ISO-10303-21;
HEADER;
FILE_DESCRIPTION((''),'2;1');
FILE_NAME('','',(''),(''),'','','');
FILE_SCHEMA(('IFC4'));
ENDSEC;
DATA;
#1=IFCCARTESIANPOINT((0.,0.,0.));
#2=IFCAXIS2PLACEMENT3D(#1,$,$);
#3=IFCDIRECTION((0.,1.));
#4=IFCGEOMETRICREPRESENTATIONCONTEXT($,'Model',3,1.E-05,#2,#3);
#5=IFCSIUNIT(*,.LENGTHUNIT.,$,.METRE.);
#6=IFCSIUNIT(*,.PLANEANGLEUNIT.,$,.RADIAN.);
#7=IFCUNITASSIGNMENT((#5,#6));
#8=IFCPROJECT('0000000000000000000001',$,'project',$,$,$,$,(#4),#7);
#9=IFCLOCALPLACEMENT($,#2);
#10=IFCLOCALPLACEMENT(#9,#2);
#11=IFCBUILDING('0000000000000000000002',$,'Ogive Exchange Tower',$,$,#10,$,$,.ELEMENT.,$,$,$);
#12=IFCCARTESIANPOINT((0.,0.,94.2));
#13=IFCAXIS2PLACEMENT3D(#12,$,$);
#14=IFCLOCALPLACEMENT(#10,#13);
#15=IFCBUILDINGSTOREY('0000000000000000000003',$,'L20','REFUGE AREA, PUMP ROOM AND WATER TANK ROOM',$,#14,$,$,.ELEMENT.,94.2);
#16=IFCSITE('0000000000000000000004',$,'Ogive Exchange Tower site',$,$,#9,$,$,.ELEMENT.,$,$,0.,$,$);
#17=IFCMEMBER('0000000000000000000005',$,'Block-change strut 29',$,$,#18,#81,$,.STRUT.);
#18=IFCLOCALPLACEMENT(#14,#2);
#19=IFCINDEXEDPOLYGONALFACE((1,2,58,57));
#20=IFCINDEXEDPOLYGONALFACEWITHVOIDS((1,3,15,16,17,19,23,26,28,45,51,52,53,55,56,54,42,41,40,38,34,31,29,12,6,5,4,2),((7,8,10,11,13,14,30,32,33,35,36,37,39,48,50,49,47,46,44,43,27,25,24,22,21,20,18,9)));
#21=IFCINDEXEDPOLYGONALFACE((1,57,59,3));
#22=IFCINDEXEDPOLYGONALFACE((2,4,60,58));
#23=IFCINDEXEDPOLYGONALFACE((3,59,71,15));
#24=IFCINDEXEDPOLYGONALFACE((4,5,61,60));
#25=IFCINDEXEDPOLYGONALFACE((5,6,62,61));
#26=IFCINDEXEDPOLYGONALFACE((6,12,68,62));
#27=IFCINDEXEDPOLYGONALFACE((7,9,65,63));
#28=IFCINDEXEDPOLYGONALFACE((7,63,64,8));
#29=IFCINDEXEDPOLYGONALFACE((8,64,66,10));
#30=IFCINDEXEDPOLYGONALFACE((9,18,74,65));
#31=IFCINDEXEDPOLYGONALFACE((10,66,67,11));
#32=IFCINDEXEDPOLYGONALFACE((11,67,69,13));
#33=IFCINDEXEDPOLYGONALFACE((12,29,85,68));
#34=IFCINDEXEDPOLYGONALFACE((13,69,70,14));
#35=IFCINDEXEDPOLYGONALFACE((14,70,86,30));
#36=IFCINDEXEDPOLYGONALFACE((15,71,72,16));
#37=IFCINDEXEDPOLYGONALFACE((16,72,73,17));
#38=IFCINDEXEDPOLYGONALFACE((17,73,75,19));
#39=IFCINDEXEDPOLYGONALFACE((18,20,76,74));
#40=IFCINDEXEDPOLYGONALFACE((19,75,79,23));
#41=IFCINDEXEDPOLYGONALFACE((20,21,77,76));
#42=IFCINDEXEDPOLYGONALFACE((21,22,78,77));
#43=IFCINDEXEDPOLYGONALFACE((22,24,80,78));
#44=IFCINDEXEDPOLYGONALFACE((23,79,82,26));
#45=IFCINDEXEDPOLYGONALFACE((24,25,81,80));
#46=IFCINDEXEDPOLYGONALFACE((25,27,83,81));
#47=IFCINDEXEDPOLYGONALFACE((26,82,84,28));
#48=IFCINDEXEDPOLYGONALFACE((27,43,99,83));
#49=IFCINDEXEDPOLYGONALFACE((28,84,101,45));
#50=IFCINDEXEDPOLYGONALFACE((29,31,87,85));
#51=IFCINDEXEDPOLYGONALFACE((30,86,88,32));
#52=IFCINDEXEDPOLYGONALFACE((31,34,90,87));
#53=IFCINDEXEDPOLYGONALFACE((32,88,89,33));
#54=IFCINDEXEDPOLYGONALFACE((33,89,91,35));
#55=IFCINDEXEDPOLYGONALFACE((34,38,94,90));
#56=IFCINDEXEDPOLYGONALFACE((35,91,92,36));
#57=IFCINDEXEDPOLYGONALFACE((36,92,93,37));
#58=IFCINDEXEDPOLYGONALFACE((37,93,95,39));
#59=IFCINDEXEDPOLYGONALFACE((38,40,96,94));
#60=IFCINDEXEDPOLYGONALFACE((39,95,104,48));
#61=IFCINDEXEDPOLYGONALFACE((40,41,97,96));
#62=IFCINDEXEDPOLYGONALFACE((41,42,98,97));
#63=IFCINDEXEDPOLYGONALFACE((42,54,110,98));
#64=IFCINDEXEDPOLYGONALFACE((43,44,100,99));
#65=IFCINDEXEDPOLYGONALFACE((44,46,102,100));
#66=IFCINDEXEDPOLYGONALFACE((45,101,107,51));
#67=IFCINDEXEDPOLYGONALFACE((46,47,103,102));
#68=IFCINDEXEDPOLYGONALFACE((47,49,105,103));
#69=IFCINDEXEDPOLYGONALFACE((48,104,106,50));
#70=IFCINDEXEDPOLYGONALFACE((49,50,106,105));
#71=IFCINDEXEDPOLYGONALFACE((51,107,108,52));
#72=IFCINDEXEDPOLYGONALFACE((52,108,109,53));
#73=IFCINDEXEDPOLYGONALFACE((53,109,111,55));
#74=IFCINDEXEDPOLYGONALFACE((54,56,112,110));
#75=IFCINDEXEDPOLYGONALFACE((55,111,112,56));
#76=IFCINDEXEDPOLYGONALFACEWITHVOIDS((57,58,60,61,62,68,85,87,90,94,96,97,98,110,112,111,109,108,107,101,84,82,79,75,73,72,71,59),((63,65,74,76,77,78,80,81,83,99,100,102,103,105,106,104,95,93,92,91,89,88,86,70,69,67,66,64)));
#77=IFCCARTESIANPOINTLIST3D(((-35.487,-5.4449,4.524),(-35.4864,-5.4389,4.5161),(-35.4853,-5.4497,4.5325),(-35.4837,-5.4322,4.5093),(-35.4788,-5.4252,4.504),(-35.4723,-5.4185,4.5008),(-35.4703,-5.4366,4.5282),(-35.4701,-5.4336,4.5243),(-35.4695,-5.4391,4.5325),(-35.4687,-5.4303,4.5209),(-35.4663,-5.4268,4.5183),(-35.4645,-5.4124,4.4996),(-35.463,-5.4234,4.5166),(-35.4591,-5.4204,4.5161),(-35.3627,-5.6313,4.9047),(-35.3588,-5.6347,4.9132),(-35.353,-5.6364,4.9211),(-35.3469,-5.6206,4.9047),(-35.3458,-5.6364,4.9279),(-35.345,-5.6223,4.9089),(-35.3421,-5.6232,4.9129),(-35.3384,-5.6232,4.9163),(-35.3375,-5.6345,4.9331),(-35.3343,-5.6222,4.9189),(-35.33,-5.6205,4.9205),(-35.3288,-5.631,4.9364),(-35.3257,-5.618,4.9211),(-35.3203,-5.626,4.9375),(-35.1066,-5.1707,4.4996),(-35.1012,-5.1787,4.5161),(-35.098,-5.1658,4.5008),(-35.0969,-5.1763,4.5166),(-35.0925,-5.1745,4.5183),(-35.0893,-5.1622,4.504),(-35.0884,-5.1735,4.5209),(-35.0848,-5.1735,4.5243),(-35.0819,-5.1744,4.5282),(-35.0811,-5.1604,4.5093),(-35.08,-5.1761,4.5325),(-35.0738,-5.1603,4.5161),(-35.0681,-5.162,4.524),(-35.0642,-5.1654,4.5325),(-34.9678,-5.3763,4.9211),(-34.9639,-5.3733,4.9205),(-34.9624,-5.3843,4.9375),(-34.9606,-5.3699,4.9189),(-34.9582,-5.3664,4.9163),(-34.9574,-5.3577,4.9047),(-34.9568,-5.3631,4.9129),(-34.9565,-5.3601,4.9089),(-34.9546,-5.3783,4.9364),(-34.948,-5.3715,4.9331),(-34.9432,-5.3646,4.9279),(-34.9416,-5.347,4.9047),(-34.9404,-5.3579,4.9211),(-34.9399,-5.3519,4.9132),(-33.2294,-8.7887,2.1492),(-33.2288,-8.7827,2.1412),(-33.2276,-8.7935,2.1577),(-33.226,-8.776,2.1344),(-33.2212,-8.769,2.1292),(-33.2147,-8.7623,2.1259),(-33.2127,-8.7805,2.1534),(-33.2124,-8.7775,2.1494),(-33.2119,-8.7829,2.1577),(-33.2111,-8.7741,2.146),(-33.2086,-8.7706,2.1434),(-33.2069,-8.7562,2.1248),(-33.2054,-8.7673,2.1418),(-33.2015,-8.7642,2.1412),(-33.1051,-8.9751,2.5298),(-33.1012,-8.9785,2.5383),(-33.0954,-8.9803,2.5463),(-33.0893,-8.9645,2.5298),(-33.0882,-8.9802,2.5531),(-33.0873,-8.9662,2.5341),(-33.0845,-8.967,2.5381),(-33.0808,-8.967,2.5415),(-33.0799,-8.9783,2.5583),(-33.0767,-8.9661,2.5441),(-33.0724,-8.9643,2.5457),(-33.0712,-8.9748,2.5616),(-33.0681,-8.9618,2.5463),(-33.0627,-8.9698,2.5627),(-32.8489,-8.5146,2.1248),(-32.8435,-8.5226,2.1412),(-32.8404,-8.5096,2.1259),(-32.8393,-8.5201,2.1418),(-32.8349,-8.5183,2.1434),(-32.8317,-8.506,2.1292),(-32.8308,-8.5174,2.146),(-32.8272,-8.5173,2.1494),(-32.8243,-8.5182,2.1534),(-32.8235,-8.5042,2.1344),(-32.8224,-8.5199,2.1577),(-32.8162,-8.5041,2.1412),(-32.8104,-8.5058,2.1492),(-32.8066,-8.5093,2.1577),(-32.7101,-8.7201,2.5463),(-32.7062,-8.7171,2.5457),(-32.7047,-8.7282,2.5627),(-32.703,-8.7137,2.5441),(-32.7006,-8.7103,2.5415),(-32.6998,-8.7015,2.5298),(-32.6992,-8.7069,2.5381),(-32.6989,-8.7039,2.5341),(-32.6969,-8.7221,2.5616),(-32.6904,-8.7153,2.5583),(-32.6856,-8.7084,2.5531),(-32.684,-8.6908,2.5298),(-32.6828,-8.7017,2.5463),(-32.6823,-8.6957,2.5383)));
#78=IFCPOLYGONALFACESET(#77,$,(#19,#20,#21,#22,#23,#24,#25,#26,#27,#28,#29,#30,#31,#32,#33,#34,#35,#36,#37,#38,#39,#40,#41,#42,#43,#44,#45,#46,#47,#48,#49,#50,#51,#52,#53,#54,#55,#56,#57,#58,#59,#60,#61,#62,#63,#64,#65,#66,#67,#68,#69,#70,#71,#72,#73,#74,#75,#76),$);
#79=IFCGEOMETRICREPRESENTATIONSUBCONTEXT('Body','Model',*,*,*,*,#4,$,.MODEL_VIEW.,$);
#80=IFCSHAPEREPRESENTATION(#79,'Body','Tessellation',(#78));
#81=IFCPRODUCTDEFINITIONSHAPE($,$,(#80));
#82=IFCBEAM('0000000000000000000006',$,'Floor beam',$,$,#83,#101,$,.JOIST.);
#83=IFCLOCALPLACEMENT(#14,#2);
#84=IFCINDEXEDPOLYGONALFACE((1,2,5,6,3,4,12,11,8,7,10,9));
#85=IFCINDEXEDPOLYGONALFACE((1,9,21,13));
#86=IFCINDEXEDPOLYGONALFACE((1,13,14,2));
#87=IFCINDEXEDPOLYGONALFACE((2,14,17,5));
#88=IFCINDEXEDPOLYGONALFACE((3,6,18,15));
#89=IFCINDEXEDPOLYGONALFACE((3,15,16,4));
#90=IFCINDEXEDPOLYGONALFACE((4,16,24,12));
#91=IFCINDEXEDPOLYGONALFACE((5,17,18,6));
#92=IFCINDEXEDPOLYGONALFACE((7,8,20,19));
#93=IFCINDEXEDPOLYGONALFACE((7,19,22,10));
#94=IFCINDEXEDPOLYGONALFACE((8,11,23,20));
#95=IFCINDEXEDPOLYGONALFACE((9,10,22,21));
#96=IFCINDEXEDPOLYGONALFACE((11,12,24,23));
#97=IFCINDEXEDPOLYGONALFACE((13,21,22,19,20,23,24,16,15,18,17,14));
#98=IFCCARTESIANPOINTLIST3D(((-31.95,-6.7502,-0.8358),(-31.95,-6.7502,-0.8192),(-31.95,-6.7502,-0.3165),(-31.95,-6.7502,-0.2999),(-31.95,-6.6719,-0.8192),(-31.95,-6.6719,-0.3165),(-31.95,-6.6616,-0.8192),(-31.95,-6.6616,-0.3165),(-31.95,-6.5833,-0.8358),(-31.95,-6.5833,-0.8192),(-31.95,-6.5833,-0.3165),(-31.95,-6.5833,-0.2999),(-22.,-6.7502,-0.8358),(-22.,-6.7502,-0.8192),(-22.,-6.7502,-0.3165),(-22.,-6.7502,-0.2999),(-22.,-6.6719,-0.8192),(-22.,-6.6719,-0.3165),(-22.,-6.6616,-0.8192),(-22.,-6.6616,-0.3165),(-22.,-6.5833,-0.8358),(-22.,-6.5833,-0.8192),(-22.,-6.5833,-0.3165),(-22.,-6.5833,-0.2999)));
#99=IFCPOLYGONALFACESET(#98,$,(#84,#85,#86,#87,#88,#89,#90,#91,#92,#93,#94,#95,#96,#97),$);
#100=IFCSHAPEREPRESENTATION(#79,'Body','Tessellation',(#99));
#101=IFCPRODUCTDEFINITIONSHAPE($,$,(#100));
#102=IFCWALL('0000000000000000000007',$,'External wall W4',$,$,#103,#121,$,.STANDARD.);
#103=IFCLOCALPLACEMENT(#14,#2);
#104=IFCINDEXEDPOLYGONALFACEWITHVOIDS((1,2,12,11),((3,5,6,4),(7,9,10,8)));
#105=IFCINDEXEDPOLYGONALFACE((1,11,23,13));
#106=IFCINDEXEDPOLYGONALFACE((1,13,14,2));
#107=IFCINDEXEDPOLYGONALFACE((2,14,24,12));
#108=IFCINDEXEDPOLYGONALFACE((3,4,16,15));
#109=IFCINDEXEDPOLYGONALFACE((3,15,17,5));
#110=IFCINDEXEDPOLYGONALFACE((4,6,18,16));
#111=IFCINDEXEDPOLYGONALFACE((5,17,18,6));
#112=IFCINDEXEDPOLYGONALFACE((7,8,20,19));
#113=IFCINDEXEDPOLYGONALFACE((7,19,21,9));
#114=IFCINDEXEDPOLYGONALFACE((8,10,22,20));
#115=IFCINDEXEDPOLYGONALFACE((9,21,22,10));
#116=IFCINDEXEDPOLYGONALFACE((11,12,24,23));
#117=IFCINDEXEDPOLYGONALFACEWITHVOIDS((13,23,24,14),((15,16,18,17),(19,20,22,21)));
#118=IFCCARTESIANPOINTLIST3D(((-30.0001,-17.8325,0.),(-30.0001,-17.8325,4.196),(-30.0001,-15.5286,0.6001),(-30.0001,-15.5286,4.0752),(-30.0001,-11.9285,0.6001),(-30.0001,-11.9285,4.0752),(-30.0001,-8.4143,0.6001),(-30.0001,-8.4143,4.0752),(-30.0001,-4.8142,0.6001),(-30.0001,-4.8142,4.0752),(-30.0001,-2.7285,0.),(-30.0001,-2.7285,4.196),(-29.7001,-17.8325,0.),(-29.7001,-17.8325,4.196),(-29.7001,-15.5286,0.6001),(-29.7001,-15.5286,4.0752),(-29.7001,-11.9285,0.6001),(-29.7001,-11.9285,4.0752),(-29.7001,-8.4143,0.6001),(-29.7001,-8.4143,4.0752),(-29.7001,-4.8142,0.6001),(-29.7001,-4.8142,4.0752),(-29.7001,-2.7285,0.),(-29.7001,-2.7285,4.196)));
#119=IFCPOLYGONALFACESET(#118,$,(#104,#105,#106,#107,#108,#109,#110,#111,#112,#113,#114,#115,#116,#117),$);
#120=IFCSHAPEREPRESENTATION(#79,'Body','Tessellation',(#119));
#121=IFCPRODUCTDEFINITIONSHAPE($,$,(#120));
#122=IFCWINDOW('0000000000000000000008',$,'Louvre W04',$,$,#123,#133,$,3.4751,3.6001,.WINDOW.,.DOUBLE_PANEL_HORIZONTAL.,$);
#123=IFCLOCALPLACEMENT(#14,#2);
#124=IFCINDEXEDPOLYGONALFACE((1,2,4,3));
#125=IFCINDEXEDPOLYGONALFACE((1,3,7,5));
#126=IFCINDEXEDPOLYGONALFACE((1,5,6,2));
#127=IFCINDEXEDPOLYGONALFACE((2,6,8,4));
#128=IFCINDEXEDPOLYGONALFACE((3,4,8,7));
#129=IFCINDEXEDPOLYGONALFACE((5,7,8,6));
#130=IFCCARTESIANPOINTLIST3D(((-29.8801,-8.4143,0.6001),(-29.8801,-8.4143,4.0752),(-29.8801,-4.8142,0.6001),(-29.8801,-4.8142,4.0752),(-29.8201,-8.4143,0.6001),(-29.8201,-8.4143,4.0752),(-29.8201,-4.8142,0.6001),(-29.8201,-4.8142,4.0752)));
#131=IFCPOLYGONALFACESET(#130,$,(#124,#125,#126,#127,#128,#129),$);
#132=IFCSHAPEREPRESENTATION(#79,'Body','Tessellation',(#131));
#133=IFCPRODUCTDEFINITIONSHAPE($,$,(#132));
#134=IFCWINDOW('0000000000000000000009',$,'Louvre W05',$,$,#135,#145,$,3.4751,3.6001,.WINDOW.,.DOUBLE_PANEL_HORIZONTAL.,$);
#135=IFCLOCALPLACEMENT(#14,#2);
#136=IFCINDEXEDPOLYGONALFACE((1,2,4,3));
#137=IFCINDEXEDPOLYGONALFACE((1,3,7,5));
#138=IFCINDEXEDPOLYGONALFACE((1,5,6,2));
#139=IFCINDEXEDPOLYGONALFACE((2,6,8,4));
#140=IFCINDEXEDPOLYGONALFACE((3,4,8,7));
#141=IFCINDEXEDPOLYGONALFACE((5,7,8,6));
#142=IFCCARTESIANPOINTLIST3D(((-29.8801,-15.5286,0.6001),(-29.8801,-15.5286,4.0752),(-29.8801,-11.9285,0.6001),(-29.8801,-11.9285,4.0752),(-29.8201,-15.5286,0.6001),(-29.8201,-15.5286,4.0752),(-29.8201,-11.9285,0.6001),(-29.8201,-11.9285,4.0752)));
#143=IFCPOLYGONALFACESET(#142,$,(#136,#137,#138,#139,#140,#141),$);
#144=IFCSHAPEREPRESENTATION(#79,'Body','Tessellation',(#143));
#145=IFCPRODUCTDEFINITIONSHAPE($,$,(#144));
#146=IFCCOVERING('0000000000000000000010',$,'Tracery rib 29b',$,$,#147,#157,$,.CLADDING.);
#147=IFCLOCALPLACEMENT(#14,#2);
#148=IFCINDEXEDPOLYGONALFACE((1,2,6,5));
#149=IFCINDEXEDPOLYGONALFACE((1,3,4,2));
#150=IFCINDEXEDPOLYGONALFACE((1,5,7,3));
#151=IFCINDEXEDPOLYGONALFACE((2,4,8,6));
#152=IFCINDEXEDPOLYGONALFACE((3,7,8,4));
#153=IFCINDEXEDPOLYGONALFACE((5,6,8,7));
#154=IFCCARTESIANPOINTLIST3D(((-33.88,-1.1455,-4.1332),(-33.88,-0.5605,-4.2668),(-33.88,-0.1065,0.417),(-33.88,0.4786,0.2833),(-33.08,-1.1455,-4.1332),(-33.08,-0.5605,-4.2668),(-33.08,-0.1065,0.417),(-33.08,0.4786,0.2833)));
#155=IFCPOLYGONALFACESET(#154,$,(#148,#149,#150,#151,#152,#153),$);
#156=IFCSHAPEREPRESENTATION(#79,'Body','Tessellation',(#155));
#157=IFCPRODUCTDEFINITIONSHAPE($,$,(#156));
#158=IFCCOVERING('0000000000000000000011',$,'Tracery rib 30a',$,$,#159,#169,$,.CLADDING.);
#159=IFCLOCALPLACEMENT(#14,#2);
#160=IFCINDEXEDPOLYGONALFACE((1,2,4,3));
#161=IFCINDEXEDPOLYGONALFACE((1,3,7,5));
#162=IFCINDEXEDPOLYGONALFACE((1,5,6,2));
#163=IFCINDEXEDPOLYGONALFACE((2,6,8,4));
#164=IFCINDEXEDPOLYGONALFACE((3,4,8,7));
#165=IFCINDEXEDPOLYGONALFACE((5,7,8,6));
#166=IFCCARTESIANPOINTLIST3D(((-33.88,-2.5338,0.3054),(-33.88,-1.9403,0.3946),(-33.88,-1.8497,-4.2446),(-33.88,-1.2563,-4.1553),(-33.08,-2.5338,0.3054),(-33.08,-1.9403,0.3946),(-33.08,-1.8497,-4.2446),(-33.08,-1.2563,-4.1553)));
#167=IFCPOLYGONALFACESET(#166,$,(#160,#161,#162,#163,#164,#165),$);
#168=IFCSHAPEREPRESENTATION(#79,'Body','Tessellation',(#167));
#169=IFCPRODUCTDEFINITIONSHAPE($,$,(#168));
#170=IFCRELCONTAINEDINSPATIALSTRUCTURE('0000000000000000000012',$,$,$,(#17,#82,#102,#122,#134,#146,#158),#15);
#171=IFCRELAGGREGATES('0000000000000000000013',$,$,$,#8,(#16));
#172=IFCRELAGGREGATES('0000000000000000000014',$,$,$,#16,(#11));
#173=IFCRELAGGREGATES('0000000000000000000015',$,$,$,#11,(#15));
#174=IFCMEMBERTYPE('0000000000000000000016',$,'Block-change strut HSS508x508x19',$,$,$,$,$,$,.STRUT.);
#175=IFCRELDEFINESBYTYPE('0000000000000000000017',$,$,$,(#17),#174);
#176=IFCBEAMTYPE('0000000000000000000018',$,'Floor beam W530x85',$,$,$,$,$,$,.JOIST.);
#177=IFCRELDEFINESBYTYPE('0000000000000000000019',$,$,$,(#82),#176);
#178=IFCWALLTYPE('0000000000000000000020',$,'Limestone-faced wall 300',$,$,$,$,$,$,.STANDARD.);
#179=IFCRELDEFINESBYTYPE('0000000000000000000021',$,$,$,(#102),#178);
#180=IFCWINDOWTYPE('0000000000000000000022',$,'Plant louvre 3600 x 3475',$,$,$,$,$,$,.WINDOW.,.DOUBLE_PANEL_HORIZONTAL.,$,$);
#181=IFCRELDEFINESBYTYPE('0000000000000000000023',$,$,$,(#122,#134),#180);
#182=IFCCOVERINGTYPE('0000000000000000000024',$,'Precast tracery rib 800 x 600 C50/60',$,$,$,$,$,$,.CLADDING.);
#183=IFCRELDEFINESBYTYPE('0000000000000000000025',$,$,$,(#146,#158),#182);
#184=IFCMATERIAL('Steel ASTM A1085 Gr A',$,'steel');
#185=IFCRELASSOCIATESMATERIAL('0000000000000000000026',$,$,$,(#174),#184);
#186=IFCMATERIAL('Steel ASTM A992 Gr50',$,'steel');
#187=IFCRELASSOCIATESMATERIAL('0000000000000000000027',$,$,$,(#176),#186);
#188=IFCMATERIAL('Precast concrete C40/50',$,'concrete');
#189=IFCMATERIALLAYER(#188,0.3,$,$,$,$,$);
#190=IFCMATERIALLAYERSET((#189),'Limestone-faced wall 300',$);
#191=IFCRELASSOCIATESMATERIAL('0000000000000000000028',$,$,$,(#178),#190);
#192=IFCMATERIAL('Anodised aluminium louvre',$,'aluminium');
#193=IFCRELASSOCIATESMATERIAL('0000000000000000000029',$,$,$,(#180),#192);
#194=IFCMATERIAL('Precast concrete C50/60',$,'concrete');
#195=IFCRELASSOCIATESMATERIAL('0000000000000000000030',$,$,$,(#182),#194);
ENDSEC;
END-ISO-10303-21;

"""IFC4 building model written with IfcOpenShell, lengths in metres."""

from ifc_helpers import new_model, si_unit, direction, frame, frame_2d, origin, origin_2d, place, context, subcontext, project, spatial, rectangle, hollow_rectangle, i_section, extrude, material, layer, layer_set, material_profile, profile_set, type_object, element, fill, save


model = new_model("IFC4")

# Units and contexts
model_context = context("Model", 3, precision=1e-05, world=origin(), true_north=direction((0.0, 1.0)))
body_context = subcontext(model_context, "Body", "Model", "MODEL_VIEW")
ifc_project = project(units=[si_unit("LENGTHUNIT", "METRE"), si_unit("PLANEANGLEUNIT", "RADIAN")], contexts=[model_context])

# Site, building, storey
site_placement = place(None, origin())
site = spatial("IfcSite", under=ifc_project, at=site_placement, Name="Ogive Exchange Tower site", CompositionType="ELEMENT", RefElevation=0.0)
building_placement = place(site_placement, origin())
building = spatial("IfcBuilding", under=site, at=building_placement, Name="Ogive Exchange Tower", CompositionType="ELEMENT")
storey_placement = place(building_placement, frame((0.0, 0.0, 94.2)))
storey = spatial("IfcBuildingStorey", under=building, at=storey_placement, Name="L20", Description="REFUGE AREA, PUMP ROOM AND WATER TANK ROOM", CompositionType="ELEMENT", Elevation=94.2)

# Shared definitions
ifc_material_1 = material(Name="Steel ASTM A992 Gr50", Category="steel")

# Shared definitions
ifc_material_2 = material(Name="Steel ASTM A1085 Gr A", Category="steel")

# Member
ifc_material_profile_1 = material_profile(ifc_material_2, hollow_rectangle(XDim=0.5081, YDim=0.5081, WallThickness=0.019, InnerFilletRadius=0.019, OuterFilletRadius=0.0381, at=origin_2d()), Name="HSS508x508x19")
ifc_profile_set_1 = profile_set([ifc_material_profile_1], Name="Steel ASTM A1085 Gr A")
member_type_1 = type_object("IfcMemberType", Name="Block-change strut HSS508x508x19", PredefinedType="STRUT", material=ifc_profile_set_1)
member_1_placement = place(storey_placement, frame((-32.9558, -8.7422, 2.3438), z_axis=(-0.482229, 0.714243, 0.50726), x_axis=(-0.828787, -0.559564, 0.0)))
element("IfcMember", 1, at=member_1_placement, inside=storey, type_object=member_type_1, Name="Block-change strut 29", PredefinedType="STRUT", context=body_context, shape_type="SweptSolid", body=[
    extrude(hollow_rectangle(XDim=0.5081, YDim=0.5081, WallThickness=0.019, InnerFilletRadius=0.019, OuterFilletRadius=0.0381, at=origin_2d()), origin(), (0.0, 0.0, 1.0), 4.6816),
])

# Beam
ifc_material_profile_2 = material_profile(ifc_material_1, i_section(OverallWidth=0.167, OverallDepth=0.5359, WebThickness=0.0103, FlangeThickness=0.0166, at=origin_2d()), Name="W530x85")
ifc_profile_set_2 = profile_set([ifc_material_profile_2], Name="Steel ASTM A992 Gr50")
beam_type_1 = type_object("IfcBeamType", Name="Floor beam W530x85", PredefinedType="JOIST", material=ifc_profile_set_2)
beam_1_placement = place(storey_placement, frame((-31.95, -6.6667, -0.5679), z_axis=(1.0, 0.0, 0.0), x_axis=(0.0, 1.0, 0.0)))
element("IfcBeam", 2, at=beam_1_placement, inside=storey, type_object=beam_type_1, Name="Floor beam", PredefinedType="JOIST", context=body_context, shape_type="SweptSolid", body=[
    extrude(i_section(OverallWidth=0.167, OverallDepth=0.5359, WebThickness=0.0103, FlangeThickness=0.0166, at=origin_2d()), origin(), (0.0, 0.0, 1.0), 9.95),
])

# Wall, openings, windows
ifc_material_3 = material(Name="Precast concrete C40/50", Category="concrete")
ifc_layer = layer(ifc_material_3, 0.3)
ifc_layer_set = layer_set([ifc_layer], Name="Limestone-faced wall 300")
wall_type = type_object("IfcWallType", Name="Limestone-faced wall 300", PredefinedType="STANDARD", material=ifc_layer_set)
wall_placement = place(storey_placement, frame((-29.8501, -2.7285, 0.0), z_axis=(0.0, 0.0, 1.0), x_axis=(0.0, -1.0, 0.0)))
wall = element("IfcWall", 3, at=wall_placement, inside=storey, type_object=wall_type, Name="External wall W4", PredefinedType="STANDARD", context=body_context, shape_type="SweptSolid", body=[
    extrude(rectangle(XDim=15.104, YDim=0.3, at=frame_2d((7.552, 0.0))), origin(), (0.0, 0.0, 1.0), 4.196),
])
opening_1_placement = place(wall_placement, frame((2.0857, 0.0, 0.6001)))
opening_1 = element("IfcOpeningElement", 4, at=opening_1_placement, cuts=wall, PredefinedType="OPENING", context=body_context, shape_type="SweptSolid", body=[
    extrude(rectangle(XDim=3.6001, YDim=3.4751, at=frame_2d((1.8, 1.7375))), frame((0.0, 0.1599, 0.0), z_axis=(0.0, -1.0, 0.0), x_axis=(1.0, 0.0, 0.0)), (0.0, 0.0, 1.0), 0.3201),
])
opening_2_placement = place(wall_placement, frame((9.2, 0.0, 0.6001)))
opening_2 = element("IfcOpeningElement", 5, at=opening_2_placement, cuts=wall, PredefinedType="OPENING", context=body_context, shape_type="SweptSolid", body=[
    extrude(rectangle(XDim=3.6001, YDim=3.4751, at=frame_2d((1.8, 1.7375))), frame((0.0, 0.1599, 0.0), z_axis=(0.0, -1.0, 0.0), x_axis=(1.0, 0.0, 0.0)), (0.0, 0.0, 1.0), 0.3201),
])
ifc_material_4 = material(Name="Anodised aluminium louvre", Category="aluminium")
window_type = type_object("IfcWindowType", Name="Plant louvre 3600 x 3475", PartitioningType="DOUBLE_PANEL_HORIZONTAL", PredefinedType="WINDOW", material=ifc_material_4)
window_1_placement = place(opening_1_placement, origin())
window_1 = element("IfcWindow", 6, at=window_1_placement, inside=storey, type_object=window_type, Name="Louvre W04", OverallHeight=3.4751, OverallWidth=3.6001, PartitioningType="DOUBLE_PANEL_HORIZONTAL", PredefinedType="WINDOW", context=body_context, shape_type="SweptSolid", body=[
    extrude(rectangle(XDim=3.6001, YDim=3.4751, at=frame_2d((1.8, 1.7375))), frame((0.0, 0.03, 0.0), z_axis=(0.0, -1.0, 0.0), x_axis=(1.0, 0.0, 0.0)), (0.0, 0.0, 1.0), 0.0601),
])
fill(opening_1, window_1)
window_2_placement = place(opening_2_placement, origin())
window_2 = element("IfcWindow", 7, at=window_2_placement, inside=storey, type_object=window_type, Name="Louvre W05", OverallHeight=3.4751, OverallWidth=3.6001, PartitioningType="DOUBLE_PANEL_HORIZONTAL", PredefinedType="WINDOW", context=body_context, shape_type="SweptSolid", body=[
    extrude(rectangle(XDim=3.6001, YDim=3.4751, at=frame_2d((1.8, 1.7375))), frame((0.0, 0.03, 0.0), z_axis=(0.0, -1.0, 0.0), x_axis=(1.0, 0.0, 0.0)), (0.0, 0.0, 1.0), 0.0601),
])
fill(opening_2, window_2)

# Coverings
ifc_material_5 = material(Name="Precast concrete C50/60", Category="concrete")
ifc_material_profile_3 = material_profile(ifc_material_5, rectangle(XDim=0.8, YDim=0.6001, at=origin_2d()), Name="RIB 800 x 600")
ifc_profile_set_3 = profile_set([ifc_material_profile_3], Name="Precast concrete C50/60")
covering_type = type_object("IfcCoveringType", Name="Precast tracery rib 800 x 600 C50/60", PredefinedType="CLADDING", material=ifc_profile_set_3)
covering_1_placement = place(storey_placement, frame((-33.48, -0.853, -4.2), z_axis=(0.0, 0.222632, 0.974903), x_axis=(-1.0, 0.0, 0.0)))
element("IfcCovering", 8, at=covering_1_placement, inside=storey, type_object=covering_type, Name="Tracery rib 29b", PredefinedType="CLADDING", context=body_context, shape_type="SweptSolid", body=[
    extrude(rectangle(XDim=0.8, YDim=0.6001, at=origin_2d()), origin(), (0.0, 0.0, 1.0), 4.6672),
])
covering_2_placement = place(storey_placement, frame((-33.48, -1.553, -4.2), z_axis=(0.0, -0.148675, 0.988886), x_axis=(1.0, 0.0, 0.0)))
element("IfcCovering", 9, at=covering_2_placement, inside=storey, type_object=covering_type, Name="Tracery rib 30a", PredefinedType="CLADDING", context=body_context, shape_type="SweptSolid", body=[
    extrude(rectangle(XDim=0.8, YDim=0.6001, at=origin_2d()), origin(), (0.0, 0.0, 1.0), 4.6011),
])

save(model, "model.ifc")
